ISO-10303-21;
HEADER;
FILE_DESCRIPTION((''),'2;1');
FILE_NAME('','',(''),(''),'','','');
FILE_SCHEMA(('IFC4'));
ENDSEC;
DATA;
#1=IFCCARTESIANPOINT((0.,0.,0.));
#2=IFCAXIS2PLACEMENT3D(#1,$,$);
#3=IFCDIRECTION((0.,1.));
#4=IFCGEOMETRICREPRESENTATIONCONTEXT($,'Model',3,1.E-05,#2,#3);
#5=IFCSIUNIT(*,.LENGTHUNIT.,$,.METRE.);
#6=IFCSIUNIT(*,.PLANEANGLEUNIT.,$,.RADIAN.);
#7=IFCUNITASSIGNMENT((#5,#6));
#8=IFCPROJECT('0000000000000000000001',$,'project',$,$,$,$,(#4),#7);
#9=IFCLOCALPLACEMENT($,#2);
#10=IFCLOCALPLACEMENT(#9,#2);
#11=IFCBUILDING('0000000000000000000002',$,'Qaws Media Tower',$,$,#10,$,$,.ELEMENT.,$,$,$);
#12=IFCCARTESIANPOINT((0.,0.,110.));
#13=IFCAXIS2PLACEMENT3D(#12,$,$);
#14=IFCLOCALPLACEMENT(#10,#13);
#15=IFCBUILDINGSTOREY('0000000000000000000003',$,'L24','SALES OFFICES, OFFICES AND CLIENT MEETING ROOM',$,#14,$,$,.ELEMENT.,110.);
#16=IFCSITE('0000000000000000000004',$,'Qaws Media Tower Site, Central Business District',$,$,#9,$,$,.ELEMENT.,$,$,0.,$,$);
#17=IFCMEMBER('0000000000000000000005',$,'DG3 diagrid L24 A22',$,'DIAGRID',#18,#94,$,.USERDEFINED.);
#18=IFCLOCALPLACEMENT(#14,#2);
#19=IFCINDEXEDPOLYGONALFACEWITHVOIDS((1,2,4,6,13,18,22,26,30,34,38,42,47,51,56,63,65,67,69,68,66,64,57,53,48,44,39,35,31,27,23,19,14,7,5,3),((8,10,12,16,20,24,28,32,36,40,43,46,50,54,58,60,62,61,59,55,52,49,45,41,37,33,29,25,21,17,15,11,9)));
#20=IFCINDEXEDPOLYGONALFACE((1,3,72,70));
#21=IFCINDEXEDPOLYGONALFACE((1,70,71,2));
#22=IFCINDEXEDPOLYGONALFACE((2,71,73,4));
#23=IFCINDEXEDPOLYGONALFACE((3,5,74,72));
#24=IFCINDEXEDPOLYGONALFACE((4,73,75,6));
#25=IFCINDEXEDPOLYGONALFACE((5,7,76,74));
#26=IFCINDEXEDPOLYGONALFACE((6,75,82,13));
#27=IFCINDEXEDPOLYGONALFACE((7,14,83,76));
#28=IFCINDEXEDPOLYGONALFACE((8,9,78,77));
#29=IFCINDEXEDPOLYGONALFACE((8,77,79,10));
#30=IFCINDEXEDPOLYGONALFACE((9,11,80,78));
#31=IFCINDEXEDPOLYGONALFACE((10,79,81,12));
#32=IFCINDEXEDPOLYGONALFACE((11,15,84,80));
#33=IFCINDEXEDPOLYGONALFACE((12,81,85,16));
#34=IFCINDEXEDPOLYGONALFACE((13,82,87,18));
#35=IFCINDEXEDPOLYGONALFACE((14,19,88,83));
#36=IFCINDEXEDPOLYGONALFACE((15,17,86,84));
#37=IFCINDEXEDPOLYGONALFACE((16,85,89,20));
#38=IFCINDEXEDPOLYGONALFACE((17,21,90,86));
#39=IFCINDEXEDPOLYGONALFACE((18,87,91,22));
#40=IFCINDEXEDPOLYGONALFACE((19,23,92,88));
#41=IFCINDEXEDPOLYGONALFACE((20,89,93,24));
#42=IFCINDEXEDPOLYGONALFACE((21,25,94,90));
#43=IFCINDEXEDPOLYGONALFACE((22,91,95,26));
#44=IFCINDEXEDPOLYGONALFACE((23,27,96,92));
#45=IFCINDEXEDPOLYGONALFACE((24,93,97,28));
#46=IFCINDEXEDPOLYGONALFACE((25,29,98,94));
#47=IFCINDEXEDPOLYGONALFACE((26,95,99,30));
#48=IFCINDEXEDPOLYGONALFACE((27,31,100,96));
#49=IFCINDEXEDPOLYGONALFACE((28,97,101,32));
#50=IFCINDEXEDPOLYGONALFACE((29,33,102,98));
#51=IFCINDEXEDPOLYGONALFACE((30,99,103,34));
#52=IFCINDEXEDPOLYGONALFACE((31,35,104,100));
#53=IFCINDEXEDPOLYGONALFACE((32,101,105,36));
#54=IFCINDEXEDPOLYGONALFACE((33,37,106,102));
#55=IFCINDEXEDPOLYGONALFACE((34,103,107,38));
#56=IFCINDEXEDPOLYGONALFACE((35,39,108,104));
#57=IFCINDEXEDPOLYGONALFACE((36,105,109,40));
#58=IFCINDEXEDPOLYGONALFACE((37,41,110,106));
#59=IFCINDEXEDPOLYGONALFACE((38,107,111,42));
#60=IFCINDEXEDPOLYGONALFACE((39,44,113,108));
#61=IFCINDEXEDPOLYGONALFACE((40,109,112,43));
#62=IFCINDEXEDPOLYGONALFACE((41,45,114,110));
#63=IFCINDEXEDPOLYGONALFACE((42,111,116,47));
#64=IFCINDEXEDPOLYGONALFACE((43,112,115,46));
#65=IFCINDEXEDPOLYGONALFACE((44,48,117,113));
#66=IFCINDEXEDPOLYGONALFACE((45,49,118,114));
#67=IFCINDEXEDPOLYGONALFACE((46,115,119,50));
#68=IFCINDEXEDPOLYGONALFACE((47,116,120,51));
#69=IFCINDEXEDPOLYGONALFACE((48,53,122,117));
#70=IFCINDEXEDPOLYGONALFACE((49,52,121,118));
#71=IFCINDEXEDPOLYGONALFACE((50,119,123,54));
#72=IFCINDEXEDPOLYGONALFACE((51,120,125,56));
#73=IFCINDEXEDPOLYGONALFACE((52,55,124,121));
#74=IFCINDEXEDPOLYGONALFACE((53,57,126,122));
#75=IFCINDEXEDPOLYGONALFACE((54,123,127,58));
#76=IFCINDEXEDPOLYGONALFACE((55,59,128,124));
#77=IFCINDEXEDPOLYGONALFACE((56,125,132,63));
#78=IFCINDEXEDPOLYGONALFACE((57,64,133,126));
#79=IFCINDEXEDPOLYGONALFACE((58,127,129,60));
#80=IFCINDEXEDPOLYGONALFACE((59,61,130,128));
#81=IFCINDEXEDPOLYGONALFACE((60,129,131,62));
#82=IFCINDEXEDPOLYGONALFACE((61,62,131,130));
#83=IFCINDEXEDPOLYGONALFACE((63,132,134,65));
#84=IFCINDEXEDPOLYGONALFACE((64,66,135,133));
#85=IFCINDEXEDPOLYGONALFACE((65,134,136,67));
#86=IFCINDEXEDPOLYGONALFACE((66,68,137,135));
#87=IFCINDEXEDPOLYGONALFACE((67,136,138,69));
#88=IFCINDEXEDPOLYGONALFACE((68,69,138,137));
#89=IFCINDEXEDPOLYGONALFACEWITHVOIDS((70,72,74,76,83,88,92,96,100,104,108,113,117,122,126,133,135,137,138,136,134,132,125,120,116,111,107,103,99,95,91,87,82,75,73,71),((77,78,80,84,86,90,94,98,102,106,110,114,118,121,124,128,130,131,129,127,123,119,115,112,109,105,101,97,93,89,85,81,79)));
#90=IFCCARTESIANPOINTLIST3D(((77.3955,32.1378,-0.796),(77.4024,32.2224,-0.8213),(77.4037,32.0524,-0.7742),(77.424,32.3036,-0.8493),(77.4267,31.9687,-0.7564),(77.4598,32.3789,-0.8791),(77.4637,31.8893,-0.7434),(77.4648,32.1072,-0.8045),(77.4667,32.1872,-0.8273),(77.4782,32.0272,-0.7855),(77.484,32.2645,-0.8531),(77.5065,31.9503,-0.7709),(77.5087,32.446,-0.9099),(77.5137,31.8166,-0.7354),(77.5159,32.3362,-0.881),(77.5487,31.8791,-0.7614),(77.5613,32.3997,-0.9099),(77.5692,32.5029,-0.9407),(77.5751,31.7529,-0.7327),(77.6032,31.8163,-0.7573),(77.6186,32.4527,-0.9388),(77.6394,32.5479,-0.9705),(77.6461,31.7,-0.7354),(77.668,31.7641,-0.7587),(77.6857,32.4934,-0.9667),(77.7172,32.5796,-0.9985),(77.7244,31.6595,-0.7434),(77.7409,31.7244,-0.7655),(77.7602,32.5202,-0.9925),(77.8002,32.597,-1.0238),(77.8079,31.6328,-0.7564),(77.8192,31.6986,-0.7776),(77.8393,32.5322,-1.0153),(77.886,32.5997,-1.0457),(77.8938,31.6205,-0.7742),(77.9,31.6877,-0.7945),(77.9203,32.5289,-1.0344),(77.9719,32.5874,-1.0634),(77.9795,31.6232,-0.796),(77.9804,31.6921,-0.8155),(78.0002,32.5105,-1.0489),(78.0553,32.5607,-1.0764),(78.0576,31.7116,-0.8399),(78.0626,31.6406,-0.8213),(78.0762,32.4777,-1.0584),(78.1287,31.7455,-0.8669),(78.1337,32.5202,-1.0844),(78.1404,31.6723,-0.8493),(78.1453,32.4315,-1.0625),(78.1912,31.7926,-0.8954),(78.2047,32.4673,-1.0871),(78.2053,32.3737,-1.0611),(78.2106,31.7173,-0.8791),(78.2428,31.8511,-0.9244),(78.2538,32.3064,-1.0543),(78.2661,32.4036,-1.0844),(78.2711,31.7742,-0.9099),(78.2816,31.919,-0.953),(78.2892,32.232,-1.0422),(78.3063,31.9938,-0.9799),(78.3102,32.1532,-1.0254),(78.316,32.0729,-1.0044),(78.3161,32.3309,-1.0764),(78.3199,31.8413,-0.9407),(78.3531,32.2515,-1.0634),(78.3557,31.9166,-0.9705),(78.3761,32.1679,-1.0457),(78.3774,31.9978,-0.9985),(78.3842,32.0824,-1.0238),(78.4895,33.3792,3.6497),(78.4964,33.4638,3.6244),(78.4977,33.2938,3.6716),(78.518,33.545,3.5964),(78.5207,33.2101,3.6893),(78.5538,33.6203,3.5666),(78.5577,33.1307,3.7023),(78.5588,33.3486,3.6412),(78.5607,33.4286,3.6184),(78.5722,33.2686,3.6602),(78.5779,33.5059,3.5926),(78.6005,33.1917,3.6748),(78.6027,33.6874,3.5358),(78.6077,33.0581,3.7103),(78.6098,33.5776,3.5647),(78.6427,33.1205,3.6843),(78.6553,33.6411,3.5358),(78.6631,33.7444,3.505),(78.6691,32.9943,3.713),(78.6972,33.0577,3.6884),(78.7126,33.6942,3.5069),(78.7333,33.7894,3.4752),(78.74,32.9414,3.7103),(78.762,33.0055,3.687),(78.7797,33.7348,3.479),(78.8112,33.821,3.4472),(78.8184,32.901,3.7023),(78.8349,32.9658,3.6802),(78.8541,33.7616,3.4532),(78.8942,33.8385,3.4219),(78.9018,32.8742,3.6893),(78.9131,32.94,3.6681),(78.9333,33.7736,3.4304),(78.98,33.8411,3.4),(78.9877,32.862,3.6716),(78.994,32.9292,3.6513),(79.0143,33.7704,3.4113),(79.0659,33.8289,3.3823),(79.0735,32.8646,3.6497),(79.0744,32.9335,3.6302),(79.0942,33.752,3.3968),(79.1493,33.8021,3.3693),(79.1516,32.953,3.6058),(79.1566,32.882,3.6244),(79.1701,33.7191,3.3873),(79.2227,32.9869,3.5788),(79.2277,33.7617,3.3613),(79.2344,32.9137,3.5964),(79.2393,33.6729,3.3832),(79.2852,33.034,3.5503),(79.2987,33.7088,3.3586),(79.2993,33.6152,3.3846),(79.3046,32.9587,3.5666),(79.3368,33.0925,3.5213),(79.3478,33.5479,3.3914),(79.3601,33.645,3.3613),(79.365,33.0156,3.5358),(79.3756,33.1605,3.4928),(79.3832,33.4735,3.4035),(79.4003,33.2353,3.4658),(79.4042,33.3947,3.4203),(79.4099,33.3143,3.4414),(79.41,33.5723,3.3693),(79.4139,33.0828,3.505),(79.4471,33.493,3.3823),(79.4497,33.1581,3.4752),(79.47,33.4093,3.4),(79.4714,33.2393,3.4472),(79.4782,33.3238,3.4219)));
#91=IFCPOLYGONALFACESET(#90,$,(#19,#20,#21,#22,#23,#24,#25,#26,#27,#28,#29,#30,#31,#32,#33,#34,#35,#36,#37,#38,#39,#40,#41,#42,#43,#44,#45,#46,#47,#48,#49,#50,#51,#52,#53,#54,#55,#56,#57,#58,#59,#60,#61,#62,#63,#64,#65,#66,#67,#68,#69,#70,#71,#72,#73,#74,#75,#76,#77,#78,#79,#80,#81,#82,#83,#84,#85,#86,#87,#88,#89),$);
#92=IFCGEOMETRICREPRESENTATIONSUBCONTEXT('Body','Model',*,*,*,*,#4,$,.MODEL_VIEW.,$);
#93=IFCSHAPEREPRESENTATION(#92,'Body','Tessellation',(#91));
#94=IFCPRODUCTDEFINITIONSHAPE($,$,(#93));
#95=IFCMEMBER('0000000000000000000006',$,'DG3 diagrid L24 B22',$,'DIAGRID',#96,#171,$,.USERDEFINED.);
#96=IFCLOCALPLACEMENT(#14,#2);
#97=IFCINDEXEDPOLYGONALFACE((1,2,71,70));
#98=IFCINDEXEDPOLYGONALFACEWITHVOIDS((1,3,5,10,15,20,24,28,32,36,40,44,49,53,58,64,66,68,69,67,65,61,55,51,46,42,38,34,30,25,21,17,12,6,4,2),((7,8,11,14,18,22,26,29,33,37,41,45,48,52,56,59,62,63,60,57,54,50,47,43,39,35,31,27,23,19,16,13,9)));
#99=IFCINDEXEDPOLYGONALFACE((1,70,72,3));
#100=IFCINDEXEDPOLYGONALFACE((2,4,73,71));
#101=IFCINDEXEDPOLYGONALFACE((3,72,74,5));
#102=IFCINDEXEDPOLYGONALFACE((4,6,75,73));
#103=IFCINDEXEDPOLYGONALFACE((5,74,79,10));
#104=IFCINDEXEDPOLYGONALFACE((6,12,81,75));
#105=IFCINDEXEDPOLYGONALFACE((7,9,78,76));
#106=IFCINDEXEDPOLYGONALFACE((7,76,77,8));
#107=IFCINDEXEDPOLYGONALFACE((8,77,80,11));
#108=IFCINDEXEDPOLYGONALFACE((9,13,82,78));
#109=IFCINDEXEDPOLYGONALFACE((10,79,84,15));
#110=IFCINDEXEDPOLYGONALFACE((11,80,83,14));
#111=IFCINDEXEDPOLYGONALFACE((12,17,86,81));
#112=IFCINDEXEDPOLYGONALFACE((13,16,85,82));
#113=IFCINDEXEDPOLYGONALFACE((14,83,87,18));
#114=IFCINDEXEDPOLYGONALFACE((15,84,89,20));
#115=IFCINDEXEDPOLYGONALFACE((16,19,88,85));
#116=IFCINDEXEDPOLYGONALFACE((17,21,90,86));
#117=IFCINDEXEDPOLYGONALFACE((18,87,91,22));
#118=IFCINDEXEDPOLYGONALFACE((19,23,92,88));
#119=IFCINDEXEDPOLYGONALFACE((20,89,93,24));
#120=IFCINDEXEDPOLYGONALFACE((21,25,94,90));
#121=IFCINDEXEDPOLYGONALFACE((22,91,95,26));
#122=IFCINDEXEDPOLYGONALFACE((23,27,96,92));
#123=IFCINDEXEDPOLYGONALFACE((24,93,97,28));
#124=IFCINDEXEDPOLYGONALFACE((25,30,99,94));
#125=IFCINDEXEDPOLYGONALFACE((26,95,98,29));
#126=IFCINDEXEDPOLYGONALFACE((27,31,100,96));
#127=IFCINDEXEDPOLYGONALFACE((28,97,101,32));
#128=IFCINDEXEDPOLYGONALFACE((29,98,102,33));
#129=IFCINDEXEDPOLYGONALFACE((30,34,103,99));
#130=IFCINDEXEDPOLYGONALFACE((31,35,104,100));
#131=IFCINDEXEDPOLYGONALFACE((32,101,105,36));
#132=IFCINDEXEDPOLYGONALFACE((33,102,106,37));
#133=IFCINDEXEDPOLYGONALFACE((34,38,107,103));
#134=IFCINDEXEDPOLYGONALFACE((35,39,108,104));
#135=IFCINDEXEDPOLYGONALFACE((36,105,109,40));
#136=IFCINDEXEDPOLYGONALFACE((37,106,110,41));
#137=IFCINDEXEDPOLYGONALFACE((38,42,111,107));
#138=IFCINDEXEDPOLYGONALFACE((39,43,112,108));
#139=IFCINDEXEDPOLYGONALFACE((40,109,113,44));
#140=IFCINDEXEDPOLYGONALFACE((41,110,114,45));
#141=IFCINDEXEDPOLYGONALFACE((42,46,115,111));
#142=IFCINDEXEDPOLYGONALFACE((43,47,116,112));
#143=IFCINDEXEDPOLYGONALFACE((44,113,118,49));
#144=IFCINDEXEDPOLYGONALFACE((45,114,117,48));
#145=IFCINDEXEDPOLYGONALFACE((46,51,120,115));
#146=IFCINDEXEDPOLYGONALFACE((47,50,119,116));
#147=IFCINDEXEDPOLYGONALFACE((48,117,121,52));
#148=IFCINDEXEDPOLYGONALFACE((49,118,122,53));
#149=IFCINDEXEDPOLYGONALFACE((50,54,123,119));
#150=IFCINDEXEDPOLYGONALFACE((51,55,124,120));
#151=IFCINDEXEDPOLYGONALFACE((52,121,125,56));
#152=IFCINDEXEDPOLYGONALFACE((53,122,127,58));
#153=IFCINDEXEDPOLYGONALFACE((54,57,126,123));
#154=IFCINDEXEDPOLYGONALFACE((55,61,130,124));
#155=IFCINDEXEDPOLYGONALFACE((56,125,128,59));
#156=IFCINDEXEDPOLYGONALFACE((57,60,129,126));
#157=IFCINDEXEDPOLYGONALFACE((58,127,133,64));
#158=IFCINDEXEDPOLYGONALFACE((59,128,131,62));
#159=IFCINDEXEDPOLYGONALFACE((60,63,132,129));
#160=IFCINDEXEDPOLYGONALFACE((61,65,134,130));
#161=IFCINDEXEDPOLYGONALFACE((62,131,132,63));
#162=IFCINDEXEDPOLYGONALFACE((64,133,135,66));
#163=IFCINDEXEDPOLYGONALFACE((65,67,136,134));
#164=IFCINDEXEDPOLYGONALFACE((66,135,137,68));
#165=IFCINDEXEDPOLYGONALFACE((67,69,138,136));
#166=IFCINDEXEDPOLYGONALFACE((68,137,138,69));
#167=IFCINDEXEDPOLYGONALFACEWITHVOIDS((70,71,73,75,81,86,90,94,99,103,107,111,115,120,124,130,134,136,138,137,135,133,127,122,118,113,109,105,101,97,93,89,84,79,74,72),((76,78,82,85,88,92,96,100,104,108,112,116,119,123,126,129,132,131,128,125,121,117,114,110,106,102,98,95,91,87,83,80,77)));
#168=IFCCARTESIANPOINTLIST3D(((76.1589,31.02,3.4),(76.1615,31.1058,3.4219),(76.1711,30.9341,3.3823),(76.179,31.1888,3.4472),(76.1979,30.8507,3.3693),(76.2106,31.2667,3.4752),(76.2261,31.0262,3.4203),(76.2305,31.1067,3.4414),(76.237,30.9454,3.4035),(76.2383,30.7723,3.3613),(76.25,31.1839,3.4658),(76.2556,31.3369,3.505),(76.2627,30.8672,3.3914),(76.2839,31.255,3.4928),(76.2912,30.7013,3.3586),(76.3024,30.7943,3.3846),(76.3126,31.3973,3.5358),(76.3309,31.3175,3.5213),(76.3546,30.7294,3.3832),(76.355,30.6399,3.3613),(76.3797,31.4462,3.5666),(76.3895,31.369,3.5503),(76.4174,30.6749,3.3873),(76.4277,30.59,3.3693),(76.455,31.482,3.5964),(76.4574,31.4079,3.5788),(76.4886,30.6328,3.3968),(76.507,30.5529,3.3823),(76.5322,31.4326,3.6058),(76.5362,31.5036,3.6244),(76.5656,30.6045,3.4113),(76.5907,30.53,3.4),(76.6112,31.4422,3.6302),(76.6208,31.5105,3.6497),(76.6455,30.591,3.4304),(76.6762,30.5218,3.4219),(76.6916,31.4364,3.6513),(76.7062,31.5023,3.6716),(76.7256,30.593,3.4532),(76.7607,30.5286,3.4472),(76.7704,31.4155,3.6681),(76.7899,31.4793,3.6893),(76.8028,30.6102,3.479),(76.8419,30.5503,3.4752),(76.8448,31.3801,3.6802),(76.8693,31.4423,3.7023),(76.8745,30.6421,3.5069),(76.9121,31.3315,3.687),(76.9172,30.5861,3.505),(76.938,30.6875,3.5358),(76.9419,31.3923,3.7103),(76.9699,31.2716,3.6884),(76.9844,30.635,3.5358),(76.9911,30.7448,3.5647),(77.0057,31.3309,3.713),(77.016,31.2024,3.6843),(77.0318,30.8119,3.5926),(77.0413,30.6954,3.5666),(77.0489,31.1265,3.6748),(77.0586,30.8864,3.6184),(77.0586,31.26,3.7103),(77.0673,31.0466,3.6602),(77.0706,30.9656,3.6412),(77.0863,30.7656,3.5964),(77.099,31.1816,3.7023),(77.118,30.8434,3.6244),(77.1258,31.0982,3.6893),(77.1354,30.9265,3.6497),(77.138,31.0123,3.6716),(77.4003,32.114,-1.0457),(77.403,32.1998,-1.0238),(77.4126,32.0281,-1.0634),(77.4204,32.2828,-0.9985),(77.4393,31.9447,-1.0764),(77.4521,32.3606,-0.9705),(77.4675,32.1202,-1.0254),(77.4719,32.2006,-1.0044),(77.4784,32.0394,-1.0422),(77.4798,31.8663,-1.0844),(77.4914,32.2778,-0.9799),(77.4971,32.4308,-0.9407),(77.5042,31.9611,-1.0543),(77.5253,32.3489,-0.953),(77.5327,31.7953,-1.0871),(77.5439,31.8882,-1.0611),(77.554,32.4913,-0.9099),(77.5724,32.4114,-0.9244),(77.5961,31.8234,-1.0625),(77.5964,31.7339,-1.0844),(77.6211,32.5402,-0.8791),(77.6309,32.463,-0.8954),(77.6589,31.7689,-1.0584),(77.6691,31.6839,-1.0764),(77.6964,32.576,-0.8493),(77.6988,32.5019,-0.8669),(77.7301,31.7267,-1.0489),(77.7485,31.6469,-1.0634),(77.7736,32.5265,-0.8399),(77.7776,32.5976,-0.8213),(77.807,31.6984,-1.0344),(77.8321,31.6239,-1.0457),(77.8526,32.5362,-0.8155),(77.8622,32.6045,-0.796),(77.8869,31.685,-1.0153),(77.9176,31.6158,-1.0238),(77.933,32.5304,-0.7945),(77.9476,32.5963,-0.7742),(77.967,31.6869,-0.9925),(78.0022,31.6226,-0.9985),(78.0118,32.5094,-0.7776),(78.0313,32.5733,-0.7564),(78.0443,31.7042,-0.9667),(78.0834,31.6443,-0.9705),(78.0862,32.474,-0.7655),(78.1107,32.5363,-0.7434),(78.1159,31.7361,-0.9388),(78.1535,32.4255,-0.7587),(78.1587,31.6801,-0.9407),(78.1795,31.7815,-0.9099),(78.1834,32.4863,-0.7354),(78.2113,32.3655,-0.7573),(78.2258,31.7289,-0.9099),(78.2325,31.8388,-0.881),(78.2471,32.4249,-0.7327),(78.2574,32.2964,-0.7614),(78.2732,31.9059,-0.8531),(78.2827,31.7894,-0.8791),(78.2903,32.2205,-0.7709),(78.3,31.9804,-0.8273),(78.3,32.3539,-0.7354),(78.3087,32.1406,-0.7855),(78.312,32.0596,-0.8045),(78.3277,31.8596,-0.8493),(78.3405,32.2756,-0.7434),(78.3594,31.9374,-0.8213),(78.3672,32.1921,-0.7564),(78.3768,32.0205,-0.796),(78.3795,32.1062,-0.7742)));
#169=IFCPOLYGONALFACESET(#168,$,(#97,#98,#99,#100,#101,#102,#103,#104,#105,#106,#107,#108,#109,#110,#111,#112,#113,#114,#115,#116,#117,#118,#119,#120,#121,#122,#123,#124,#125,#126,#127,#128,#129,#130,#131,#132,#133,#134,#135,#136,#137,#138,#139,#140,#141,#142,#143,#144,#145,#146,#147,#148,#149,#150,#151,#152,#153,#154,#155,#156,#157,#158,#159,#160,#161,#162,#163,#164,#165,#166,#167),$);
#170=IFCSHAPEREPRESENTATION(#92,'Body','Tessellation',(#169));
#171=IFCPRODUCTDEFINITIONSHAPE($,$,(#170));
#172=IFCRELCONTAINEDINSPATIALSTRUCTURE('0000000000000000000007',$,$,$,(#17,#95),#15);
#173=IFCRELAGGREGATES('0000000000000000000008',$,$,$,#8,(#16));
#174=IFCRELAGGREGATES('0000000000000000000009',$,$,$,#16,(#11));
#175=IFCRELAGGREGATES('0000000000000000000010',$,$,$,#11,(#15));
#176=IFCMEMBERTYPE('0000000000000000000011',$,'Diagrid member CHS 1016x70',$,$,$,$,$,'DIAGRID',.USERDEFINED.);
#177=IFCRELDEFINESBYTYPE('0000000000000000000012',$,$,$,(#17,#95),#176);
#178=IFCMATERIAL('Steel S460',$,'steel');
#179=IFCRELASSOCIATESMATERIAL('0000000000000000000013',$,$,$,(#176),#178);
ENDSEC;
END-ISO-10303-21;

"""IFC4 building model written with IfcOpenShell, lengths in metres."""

from ifc_helpers import new_model, si_unit, direction, frame, origin, origin_2d, place, context, subcontext, project, spatial, hollow_circle, extrude, material, material_profile, profile_set, type_object, element, save


model = new_model("IFC4")

# Units and contexts
model_context = context("Model", 3, precision=1e-05, world=origin(), true_north=direction((0.0, 1.0)))
body_context = subcontext(model_context, "Body", "Model", "MODEL_VIEW")
ifc_project = project(units=[si_unit("LENGTHUNIT", "METRE"), si_unit("PLANEANGLEUNIT", "RADIAN")], contexts=[model_context])

# Site, building, storey
site_placement = place(None, origin())
site = spatial("IfcSite", under=ifc_project, at=site_placement, Name="Qaws Media Tower Site, Central Business District", CompositionType="ELEMENT", RefElevation=0.0)
building_placement = place(site_placement, origin())
building = spatial("IfcBuilding", under=site, at=building_placement, Name="Qaws Media Tower", CompositionType="ELEMENT")
storey_placement = place(building_placement, frame((0.0, 0.0, 110.0)))
storey = spatial("IfcBuildingStorey", under=building, at=storey_placement, Name="L24", Description="SALES OFFICES, OFFICES AND CLIENT MEETING ROOM", CompositionType="ELEMENT", Elevation=110.0)

# Members
ifc_material_1 = material(Name="Steel S460", Category="steel")
ifc_material_profile_1 = material_profile(ifc_material_1, hollow_circle(Radius=0.5081, WallThickness=0.0701, at=origin_2d()), Name="CHS 1016x70")
ifc_profile_set_1 = profile_set([ifc_material_profile_1], Name="Steel S460")
member_type_1 = type_object("IfcMemberType", Name="Diagrid member CHS 1016x70", ElementType="DIAGRID", PredefinedType="USERDEFINED", material=ifc_profile_set_1)
for number, where, z_axis, x_axis, name in (
    (1, (77.8899, 32.1101, -0.9099), (0.230618, 0.261703, 0.937191), (-0.75026, 0.661143, 0.0), "DG3 diagrid L24 A22"),
    (2, (77.8899, 32.1101, -0.9099), (-0.261703, -0.230618, 0.937191), (0.661143, -0.75026, 0.0), "DG3 diagrid L24 B22"),
):
    element("IfcMember", number, at=place(storey_placement, frame(where, z_axis=z_axis, x_axis=x_axis)), inside=storey, type_object=member_type_1, Name=name, ObjectType="DIAGRID", PredefinedType="USERDEFINED", context=body_context, shape_type="SweptSolid", body=[
        extrude(hollow_circle(Radius=0.5081, WallThickness=0.0701, at=origin_2d()), origin(), (0.0, 0.0, 1.0), 4.7437),
    ])

save(model, "model.ifc")
